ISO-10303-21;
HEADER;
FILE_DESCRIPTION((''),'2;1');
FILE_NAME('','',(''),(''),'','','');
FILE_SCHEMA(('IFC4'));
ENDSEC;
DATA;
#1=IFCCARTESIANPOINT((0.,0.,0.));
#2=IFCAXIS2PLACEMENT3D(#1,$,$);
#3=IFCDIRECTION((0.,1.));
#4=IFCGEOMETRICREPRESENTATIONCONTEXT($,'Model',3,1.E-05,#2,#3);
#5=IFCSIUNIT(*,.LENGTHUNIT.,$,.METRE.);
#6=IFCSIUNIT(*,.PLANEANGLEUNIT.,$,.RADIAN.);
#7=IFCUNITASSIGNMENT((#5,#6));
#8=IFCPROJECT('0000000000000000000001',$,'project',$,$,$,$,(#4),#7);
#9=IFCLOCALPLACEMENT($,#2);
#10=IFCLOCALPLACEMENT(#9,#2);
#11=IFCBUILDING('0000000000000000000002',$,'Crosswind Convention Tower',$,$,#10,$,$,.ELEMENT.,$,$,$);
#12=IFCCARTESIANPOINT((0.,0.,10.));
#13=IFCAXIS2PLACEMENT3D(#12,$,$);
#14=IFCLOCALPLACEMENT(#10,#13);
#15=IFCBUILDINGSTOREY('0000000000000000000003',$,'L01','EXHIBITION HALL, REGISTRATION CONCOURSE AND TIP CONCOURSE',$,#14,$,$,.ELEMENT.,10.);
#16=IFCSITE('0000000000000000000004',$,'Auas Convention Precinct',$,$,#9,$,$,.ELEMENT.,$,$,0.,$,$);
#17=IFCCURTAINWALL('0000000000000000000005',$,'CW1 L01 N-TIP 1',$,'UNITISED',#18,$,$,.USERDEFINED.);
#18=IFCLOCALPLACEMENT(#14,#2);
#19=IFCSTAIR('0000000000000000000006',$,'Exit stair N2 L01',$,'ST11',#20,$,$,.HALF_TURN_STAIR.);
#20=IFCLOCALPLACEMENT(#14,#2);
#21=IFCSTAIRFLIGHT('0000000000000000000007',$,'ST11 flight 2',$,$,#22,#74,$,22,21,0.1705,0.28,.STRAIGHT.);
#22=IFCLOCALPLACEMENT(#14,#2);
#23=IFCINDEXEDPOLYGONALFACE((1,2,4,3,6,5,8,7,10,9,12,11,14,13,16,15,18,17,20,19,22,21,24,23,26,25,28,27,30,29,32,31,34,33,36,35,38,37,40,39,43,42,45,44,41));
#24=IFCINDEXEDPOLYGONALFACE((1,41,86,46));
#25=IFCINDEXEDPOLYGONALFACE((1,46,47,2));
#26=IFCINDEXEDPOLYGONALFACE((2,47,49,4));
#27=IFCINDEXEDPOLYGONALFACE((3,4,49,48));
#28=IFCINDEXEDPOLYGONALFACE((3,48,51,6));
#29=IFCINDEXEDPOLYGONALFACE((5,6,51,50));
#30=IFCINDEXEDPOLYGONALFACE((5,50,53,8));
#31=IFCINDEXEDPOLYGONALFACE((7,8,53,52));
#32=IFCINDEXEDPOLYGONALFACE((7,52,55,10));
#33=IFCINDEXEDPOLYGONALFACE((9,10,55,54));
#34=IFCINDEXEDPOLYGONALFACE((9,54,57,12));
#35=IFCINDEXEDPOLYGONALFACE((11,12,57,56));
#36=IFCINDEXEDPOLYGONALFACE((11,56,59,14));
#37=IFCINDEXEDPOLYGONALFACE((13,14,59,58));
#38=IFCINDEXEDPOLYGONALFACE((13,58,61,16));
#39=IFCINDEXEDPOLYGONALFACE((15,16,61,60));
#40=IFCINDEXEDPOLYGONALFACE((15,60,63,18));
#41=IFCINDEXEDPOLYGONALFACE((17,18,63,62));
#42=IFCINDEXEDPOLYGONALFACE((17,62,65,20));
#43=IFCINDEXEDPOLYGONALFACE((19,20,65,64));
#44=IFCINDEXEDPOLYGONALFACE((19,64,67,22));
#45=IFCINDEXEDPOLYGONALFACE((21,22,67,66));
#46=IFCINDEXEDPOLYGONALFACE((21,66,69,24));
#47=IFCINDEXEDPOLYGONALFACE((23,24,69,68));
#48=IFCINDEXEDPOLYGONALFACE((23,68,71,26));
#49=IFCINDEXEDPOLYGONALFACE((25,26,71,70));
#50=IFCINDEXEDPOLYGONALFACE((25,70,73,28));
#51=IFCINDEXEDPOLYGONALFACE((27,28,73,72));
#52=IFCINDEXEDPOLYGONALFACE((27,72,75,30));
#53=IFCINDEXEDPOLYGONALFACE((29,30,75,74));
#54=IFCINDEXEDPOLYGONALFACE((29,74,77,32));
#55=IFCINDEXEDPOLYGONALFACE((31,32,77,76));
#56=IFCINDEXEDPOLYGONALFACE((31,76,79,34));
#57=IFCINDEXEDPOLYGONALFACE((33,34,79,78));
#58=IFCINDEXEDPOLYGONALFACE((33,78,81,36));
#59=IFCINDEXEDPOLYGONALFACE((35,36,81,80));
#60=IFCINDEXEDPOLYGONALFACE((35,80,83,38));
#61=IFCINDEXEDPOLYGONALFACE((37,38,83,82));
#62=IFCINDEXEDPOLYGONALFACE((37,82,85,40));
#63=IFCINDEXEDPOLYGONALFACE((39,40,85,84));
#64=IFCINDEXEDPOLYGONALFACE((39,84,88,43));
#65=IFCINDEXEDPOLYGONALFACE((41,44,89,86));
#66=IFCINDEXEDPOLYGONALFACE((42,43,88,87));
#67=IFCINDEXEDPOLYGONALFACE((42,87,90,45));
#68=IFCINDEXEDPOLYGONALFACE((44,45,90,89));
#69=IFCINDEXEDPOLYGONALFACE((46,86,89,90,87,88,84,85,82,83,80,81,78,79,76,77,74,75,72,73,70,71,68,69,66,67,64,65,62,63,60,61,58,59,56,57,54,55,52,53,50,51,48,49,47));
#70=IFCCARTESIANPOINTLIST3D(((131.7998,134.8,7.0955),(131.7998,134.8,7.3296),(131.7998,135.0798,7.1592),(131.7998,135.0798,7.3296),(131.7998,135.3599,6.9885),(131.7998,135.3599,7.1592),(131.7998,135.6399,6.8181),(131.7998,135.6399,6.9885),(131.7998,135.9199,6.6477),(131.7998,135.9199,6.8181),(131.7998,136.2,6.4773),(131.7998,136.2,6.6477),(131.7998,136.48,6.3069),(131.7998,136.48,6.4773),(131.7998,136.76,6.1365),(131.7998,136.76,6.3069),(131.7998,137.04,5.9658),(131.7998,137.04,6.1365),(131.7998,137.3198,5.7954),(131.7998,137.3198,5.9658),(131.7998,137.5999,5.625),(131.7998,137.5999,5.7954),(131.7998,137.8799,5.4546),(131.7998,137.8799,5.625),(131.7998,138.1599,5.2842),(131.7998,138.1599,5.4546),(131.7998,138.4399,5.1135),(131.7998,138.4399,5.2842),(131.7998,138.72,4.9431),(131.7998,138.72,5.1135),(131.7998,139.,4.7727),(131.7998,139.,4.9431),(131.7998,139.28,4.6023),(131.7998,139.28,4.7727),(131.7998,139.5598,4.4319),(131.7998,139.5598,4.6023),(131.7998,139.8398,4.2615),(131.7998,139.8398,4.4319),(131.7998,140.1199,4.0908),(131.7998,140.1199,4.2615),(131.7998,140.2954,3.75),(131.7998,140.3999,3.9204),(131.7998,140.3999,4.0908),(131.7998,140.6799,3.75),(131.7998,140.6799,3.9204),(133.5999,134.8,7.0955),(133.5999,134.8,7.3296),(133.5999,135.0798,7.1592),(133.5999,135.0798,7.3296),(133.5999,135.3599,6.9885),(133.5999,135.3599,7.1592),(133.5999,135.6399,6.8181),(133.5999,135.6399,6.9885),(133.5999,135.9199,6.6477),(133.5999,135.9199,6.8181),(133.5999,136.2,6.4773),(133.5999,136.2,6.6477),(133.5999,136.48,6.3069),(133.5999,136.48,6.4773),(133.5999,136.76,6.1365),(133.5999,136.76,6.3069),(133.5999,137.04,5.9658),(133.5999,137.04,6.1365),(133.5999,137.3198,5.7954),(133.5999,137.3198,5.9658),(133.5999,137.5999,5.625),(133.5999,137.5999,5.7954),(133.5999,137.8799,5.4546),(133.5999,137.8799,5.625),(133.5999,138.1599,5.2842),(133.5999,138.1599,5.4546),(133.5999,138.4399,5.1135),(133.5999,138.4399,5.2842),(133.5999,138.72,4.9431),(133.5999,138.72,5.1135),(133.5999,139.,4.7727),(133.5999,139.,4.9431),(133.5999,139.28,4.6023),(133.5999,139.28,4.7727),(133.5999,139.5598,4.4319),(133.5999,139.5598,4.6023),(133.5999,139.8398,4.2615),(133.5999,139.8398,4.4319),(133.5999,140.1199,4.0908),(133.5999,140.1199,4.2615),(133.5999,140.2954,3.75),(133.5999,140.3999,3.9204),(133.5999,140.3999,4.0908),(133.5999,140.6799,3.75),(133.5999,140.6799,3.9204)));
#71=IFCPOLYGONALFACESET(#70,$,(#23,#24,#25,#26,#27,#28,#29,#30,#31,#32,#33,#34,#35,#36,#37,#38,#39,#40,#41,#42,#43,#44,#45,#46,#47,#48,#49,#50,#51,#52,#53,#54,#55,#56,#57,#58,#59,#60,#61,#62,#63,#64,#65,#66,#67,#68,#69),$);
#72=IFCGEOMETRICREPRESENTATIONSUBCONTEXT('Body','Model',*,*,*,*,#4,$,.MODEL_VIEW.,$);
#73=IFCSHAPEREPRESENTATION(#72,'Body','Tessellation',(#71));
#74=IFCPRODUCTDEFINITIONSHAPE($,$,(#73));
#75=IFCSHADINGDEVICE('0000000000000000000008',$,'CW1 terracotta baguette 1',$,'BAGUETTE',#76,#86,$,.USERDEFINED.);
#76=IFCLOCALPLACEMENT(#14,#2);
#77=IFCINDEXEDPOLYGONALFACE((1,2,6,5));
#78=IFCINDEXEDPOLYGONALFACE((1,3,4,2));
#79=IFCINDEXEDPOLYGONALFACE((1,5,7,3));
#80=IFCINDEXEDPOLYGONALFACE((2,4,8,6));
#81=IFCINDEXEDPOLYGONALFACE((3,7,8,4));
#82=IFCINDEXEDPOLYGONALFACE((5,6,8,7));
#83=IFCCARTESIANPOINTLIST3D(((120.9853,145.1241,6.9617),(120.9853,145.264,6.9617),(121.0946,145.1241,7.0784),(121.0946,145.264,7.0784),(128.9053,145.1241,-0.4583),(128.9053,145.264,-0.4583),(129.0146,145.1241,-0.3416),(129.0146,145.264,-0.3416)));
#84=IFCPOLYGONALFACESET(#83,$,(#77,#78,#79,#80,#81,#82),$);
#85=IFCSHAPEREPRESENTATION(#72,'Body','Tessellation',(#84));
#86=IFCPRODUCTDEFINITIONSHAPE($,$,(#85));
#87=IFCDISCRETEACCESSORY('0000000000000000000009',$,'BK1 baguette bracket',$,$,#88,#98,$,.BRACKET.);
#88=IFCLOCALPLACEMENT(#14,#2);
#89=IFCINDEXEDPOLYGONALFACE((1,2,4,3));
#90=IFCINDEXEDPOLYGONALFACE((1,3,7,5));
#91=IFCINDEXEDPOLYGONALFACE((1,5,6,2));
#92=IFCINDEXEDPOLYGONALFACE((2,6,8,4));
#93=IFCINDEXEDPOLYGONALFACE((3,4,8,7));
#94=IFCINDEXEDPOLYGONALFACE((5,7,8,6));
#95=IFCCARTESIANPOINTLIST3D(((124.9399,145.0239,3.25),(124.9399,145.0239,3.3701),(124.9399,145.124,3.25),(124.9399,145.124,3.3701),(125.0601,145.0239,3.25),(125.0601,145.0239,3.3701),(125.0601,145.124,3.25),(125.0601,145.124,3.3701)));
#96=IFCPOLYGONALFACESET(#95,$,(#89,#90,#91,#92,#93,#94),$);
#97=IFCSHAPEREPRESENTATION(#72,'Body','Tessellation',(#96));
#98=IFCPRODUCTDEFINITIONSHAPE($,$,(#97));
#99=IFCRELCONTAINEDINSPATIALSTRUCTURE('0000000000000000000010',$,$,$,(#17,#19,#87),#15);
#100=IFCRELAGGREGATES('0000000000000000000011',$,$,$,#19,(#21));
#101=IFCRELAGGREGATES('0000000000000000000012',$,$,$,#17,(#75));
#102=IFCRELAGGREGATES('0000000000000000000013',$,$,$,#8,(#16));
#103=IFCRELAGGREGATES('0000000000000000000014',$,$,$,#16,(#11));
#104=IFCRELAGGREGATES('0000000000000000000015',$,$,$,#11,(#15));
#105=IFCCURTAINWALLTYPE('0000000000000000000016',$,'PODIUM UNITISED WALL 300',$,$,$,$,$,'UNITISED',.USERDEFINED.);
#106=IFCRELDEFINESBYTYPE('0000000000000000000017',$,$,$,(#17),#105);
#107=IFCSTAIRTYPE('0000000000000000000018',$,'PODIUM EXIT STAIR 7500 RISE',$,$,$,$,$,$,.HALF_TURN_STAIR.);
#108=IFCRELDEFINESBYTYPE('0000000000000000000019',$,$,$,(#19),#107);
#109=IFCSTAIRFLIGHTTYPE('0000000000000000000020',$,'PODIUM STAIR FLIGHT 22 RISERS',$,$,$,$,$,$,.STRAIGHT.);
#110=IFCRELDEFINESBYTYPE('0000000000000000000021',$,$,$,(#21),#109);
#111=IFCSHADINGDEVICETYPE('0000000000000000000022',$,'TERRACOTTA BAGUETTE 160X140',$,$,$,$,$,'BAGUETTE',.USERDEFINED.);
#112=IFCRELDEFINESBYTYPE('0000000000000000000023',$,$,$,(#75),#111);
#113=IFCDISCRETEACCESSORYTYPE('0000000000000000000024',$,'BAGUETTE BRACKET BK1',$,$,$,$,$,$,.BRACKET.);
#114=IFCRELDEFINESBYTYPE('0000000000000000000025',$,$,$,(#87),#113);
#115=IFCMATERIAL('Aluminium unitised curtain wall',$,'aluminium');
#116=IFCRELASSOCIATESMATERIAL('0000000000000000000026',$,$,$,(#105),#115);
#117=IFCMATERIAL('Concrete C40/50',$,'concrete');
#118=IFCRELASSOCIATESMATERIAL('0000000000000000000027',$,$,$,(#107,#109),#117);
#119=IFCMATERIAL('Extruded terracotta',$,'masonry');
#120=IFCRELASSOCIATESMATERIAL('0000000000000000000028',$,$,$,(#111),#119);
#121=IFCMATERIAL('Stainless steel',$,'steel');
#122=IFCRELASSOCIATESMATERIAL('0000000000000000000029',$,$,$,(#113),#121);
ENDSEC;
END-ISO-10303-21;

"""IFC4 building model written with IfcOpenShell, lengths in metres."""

from ifc_helpers import new_model, si_unit, direction, frame, origin, origin_2d, place, context, subcontext, project, spatial, polyline, rectangle, outline, extrude, material, material_profile, profile_set, type_object, element, aggregate, save


model = new_model("IFC4")

# Units and contexts
model_context = context("Model", 3, precision=1e-05, world=origin(), true_north=direction((0.0, 1.0)))
body_context = subcontext(model_context, "Body", "Model", "MODEL_VIEW")
ifc_project = project(units=[si_unit("LENGTHUNIT", "METRE"), si_unit("PLANEANGLEUNIT", "RADIAN")], contexts=[model_context])

# Site, building, storey
site_placement = place(None, origin())
site = spatial("IfcSite", under=ifc_project, at=site_placement, Name="Auas Convention Precinct", CompositionType="ELEMENT", RefElevation=0.0)
building_placement = place(site_placement, origin())
building = spatial("IfcBuilding", under=site, at=building_placement, Name="Crosswind Convention Tower", CompositionType="ELEMENT")
storey_placement = place(building_placement, frame((0.0, 0.0, 10.0)))
storey = spatial("IfcBuildingStorey", under=building, at=storey_placement, Name="L01", Description="EXHIBITION HALL, REGISTRATION CONCOURSE AND TIP CONCOURSE", CompositionType="ELEMENT", Elevation=10.0)

# Curtain wall
ifc_material_1 = material(Name="Aluminium unitised curtain wall", Category="aluminium")
curtain_wall_type = type_object("IfcCurtainWallType", Name="PODIUM UNITISED WALL 300", ElementType="UNITISED", PredefinedType="USERDEFINED", material=ifc_material_1)
curtain_wall_placement = place(storey_placement, origin())
curtain_wall = element("IfcCurtainWall", 1, at=curtain_wall_placement, inside=storey, type_object=curtain_wall_type, Name="CW1 L01 N-TIP 1", ObjectType="UNITISED", PredefinedType="USERDEFINED")

# Shared definitions
ifc_material_2 = material(Name="Concrete C40/50", Category="concrete")

# Stair, stair flight
stair_type = type_object("IfcStairType", Name="PODIUM EXIT STAIR 7500 RISE", PredefinedType="HALF_TURN_STAIR", material=ifc_material_2)
stair_placement = place(storey_placement, origin())
stair = element("IfcStair", 2, at=stair_placement, inside=storey, type_object=stair_type, Name="Exit stair N2 L01", ObjectType="ST11", PredefinedType="HALF_TURN_STAIR")
stair_flight_type = type_object("IfcStairFlightType", Name="PODIUM STAIR FLIGHT 22 RISERS", PredefinedType="STRAIGHT", material=ifc_material_2)
stair_flight_1_placement = place(storey_placement, frame((132.7, 140.6799, 3.75), z_axis=(0.0, 0.0, 1.0), x_axis=(0.0, -1.0, 0.0)))
stair_flight_1 = element("IfcStairFlight", 3, at=stair_flight_1_placement, type_object=stair_flight_type, Name="ST11 flight 2", NumberOfRisers=22, NumberOfTreads=21, PredefinedType="STRAIGHT", RiserHeight=0.1705, TreadLength=0.28, context=body_context, shape_type="SweptSolid", body=[
    extrude(outline(polyline([(0.0, 0.0), (0.0, 0.1704), (0.28, 0.1704), (0.28, 0.3408), (0.5601, 0.3408), (0.5601, 0.5115), (0.8401, 0.5115), (0.8401, 0.6819), (1.1201, 0.6819), (1.1201, 0.8523), (1.3999, 0.8523), (1.3999, 1.0227), (1.6799, 1.0227), (1.6799, 1.1931), (1.96, 1.1931), (1.96, 1.3635), (2.24, 1.3635), (2.24, 1.5342), (2.52, 1.5342), (2.52, 1.7046), (2.8, 1.7046), (2.8, 1.875), (3.0801, 1.875), (3.0801, 2.0454), (3.3601, 2.0454), (3.3601, 2.2158), (3.6399, 2.2158), (3.6399, 2.3865), (3.9199, 2.3865), (3.9199, 2.5569), (4.2, 2.5569), (4.2, 2.7273), (4.48, 2.7273), (4.48, 2.8977), (4.76, 2.8977), (4.76, 3.0681), (5.04, 3.0681), (5.04, 3.2385), (5.3201, 3.2385), (5.3201, 3.4092), (5.6001, 3.4092), (5.6001, 3.5796), (5.8799, 3.5796), (5.8799, 3.75), (5.8799, 3.3455), (0.3845, 0.0), (0.0, 0.0)])), frame((0.0, 0.8999, 0.0), z_axis=(0.0, -1.0, 0.0), x_axis=(1.0, 0.0, 0.0)), (0.0, 0.0, 1.0), 1.8),
])
aggregate(stair, [stair_flight_1])

# Shared definitions
ifc_material_3 = material(Name="Stainless steel", Category="steel")

# Shading device
ifc_material_4 = material(Name="Extruded terracotta", Category="masonry")
ifc_material_profile_1 = material_profile(ifc_material_4, rectangle(XDim=0.1399, YDim=0.1599, at=origin_2d()), Name="TC 140X160")
ifc_profile_set_1 = profile_set([ifc_material_profile_1], Name="Extruded terracotta")
shading_device_type = type_object("IfcShadingDeviceType", Name="TERRACOTTA BAGUETTE 160X140", ElementType="BAGUETTE", PredefinedType="USERDEFINED", material=ifc_profile_set_1)
shading_device_placement = place(storey_placement, frame((128.96, 145.1941, -0.3999), z_axis=(-0.729767, 0.0, 0.683696), x_axis=(0.0, -1.0, 0.0)))
shading_device = element("IfcShadingDevice", 4, at=shading_device_placement, type_object=shading_device_type, Name="CW1 terracotta baguette 1", ObjectType="BAGUETTE", PredefinedType="USERDEFINED", context=body_context, shape_type="SweptSolid", body=[
    extrude(rectangle(XDim=0.1399, YDim=0.1599, at=origin_2d()), origin(), (0.0, 0.0, 1.0), 10.8528),
])
aggregate(curtain_wall, [shading_device])

# Discrete accessory
discrete_accessory_type = type_object("IfcDiscreteAccessoryType", Name="BAGUETTE BRACKET BK1", PredefinedType="BRACKET", material=ifc_material_3)
discrete_accessory_placement = place(storey_placement, frame((125.0, 145.074, 3.25), z_axis=(0.0, 0.0, 1.0), x_axis=(-1.0, 0.0, 0.0)))
element("IfcDiscreteAccessory", 5, at=discrete_accessory_placement, inside=storey, type_object=discrete_accessory_type, Name="BK1 baguette bracket", PredefinedType="BRACKET", context=body_context, shape_type="SweptSolid", body=[
    extrude(rectangle(XDim=0.1201, YDim=0.1001, at=origin_2d()), origin(), (0.0, 0.0, 1.0), 0.1201),
])

save(model, "model.ifc")
